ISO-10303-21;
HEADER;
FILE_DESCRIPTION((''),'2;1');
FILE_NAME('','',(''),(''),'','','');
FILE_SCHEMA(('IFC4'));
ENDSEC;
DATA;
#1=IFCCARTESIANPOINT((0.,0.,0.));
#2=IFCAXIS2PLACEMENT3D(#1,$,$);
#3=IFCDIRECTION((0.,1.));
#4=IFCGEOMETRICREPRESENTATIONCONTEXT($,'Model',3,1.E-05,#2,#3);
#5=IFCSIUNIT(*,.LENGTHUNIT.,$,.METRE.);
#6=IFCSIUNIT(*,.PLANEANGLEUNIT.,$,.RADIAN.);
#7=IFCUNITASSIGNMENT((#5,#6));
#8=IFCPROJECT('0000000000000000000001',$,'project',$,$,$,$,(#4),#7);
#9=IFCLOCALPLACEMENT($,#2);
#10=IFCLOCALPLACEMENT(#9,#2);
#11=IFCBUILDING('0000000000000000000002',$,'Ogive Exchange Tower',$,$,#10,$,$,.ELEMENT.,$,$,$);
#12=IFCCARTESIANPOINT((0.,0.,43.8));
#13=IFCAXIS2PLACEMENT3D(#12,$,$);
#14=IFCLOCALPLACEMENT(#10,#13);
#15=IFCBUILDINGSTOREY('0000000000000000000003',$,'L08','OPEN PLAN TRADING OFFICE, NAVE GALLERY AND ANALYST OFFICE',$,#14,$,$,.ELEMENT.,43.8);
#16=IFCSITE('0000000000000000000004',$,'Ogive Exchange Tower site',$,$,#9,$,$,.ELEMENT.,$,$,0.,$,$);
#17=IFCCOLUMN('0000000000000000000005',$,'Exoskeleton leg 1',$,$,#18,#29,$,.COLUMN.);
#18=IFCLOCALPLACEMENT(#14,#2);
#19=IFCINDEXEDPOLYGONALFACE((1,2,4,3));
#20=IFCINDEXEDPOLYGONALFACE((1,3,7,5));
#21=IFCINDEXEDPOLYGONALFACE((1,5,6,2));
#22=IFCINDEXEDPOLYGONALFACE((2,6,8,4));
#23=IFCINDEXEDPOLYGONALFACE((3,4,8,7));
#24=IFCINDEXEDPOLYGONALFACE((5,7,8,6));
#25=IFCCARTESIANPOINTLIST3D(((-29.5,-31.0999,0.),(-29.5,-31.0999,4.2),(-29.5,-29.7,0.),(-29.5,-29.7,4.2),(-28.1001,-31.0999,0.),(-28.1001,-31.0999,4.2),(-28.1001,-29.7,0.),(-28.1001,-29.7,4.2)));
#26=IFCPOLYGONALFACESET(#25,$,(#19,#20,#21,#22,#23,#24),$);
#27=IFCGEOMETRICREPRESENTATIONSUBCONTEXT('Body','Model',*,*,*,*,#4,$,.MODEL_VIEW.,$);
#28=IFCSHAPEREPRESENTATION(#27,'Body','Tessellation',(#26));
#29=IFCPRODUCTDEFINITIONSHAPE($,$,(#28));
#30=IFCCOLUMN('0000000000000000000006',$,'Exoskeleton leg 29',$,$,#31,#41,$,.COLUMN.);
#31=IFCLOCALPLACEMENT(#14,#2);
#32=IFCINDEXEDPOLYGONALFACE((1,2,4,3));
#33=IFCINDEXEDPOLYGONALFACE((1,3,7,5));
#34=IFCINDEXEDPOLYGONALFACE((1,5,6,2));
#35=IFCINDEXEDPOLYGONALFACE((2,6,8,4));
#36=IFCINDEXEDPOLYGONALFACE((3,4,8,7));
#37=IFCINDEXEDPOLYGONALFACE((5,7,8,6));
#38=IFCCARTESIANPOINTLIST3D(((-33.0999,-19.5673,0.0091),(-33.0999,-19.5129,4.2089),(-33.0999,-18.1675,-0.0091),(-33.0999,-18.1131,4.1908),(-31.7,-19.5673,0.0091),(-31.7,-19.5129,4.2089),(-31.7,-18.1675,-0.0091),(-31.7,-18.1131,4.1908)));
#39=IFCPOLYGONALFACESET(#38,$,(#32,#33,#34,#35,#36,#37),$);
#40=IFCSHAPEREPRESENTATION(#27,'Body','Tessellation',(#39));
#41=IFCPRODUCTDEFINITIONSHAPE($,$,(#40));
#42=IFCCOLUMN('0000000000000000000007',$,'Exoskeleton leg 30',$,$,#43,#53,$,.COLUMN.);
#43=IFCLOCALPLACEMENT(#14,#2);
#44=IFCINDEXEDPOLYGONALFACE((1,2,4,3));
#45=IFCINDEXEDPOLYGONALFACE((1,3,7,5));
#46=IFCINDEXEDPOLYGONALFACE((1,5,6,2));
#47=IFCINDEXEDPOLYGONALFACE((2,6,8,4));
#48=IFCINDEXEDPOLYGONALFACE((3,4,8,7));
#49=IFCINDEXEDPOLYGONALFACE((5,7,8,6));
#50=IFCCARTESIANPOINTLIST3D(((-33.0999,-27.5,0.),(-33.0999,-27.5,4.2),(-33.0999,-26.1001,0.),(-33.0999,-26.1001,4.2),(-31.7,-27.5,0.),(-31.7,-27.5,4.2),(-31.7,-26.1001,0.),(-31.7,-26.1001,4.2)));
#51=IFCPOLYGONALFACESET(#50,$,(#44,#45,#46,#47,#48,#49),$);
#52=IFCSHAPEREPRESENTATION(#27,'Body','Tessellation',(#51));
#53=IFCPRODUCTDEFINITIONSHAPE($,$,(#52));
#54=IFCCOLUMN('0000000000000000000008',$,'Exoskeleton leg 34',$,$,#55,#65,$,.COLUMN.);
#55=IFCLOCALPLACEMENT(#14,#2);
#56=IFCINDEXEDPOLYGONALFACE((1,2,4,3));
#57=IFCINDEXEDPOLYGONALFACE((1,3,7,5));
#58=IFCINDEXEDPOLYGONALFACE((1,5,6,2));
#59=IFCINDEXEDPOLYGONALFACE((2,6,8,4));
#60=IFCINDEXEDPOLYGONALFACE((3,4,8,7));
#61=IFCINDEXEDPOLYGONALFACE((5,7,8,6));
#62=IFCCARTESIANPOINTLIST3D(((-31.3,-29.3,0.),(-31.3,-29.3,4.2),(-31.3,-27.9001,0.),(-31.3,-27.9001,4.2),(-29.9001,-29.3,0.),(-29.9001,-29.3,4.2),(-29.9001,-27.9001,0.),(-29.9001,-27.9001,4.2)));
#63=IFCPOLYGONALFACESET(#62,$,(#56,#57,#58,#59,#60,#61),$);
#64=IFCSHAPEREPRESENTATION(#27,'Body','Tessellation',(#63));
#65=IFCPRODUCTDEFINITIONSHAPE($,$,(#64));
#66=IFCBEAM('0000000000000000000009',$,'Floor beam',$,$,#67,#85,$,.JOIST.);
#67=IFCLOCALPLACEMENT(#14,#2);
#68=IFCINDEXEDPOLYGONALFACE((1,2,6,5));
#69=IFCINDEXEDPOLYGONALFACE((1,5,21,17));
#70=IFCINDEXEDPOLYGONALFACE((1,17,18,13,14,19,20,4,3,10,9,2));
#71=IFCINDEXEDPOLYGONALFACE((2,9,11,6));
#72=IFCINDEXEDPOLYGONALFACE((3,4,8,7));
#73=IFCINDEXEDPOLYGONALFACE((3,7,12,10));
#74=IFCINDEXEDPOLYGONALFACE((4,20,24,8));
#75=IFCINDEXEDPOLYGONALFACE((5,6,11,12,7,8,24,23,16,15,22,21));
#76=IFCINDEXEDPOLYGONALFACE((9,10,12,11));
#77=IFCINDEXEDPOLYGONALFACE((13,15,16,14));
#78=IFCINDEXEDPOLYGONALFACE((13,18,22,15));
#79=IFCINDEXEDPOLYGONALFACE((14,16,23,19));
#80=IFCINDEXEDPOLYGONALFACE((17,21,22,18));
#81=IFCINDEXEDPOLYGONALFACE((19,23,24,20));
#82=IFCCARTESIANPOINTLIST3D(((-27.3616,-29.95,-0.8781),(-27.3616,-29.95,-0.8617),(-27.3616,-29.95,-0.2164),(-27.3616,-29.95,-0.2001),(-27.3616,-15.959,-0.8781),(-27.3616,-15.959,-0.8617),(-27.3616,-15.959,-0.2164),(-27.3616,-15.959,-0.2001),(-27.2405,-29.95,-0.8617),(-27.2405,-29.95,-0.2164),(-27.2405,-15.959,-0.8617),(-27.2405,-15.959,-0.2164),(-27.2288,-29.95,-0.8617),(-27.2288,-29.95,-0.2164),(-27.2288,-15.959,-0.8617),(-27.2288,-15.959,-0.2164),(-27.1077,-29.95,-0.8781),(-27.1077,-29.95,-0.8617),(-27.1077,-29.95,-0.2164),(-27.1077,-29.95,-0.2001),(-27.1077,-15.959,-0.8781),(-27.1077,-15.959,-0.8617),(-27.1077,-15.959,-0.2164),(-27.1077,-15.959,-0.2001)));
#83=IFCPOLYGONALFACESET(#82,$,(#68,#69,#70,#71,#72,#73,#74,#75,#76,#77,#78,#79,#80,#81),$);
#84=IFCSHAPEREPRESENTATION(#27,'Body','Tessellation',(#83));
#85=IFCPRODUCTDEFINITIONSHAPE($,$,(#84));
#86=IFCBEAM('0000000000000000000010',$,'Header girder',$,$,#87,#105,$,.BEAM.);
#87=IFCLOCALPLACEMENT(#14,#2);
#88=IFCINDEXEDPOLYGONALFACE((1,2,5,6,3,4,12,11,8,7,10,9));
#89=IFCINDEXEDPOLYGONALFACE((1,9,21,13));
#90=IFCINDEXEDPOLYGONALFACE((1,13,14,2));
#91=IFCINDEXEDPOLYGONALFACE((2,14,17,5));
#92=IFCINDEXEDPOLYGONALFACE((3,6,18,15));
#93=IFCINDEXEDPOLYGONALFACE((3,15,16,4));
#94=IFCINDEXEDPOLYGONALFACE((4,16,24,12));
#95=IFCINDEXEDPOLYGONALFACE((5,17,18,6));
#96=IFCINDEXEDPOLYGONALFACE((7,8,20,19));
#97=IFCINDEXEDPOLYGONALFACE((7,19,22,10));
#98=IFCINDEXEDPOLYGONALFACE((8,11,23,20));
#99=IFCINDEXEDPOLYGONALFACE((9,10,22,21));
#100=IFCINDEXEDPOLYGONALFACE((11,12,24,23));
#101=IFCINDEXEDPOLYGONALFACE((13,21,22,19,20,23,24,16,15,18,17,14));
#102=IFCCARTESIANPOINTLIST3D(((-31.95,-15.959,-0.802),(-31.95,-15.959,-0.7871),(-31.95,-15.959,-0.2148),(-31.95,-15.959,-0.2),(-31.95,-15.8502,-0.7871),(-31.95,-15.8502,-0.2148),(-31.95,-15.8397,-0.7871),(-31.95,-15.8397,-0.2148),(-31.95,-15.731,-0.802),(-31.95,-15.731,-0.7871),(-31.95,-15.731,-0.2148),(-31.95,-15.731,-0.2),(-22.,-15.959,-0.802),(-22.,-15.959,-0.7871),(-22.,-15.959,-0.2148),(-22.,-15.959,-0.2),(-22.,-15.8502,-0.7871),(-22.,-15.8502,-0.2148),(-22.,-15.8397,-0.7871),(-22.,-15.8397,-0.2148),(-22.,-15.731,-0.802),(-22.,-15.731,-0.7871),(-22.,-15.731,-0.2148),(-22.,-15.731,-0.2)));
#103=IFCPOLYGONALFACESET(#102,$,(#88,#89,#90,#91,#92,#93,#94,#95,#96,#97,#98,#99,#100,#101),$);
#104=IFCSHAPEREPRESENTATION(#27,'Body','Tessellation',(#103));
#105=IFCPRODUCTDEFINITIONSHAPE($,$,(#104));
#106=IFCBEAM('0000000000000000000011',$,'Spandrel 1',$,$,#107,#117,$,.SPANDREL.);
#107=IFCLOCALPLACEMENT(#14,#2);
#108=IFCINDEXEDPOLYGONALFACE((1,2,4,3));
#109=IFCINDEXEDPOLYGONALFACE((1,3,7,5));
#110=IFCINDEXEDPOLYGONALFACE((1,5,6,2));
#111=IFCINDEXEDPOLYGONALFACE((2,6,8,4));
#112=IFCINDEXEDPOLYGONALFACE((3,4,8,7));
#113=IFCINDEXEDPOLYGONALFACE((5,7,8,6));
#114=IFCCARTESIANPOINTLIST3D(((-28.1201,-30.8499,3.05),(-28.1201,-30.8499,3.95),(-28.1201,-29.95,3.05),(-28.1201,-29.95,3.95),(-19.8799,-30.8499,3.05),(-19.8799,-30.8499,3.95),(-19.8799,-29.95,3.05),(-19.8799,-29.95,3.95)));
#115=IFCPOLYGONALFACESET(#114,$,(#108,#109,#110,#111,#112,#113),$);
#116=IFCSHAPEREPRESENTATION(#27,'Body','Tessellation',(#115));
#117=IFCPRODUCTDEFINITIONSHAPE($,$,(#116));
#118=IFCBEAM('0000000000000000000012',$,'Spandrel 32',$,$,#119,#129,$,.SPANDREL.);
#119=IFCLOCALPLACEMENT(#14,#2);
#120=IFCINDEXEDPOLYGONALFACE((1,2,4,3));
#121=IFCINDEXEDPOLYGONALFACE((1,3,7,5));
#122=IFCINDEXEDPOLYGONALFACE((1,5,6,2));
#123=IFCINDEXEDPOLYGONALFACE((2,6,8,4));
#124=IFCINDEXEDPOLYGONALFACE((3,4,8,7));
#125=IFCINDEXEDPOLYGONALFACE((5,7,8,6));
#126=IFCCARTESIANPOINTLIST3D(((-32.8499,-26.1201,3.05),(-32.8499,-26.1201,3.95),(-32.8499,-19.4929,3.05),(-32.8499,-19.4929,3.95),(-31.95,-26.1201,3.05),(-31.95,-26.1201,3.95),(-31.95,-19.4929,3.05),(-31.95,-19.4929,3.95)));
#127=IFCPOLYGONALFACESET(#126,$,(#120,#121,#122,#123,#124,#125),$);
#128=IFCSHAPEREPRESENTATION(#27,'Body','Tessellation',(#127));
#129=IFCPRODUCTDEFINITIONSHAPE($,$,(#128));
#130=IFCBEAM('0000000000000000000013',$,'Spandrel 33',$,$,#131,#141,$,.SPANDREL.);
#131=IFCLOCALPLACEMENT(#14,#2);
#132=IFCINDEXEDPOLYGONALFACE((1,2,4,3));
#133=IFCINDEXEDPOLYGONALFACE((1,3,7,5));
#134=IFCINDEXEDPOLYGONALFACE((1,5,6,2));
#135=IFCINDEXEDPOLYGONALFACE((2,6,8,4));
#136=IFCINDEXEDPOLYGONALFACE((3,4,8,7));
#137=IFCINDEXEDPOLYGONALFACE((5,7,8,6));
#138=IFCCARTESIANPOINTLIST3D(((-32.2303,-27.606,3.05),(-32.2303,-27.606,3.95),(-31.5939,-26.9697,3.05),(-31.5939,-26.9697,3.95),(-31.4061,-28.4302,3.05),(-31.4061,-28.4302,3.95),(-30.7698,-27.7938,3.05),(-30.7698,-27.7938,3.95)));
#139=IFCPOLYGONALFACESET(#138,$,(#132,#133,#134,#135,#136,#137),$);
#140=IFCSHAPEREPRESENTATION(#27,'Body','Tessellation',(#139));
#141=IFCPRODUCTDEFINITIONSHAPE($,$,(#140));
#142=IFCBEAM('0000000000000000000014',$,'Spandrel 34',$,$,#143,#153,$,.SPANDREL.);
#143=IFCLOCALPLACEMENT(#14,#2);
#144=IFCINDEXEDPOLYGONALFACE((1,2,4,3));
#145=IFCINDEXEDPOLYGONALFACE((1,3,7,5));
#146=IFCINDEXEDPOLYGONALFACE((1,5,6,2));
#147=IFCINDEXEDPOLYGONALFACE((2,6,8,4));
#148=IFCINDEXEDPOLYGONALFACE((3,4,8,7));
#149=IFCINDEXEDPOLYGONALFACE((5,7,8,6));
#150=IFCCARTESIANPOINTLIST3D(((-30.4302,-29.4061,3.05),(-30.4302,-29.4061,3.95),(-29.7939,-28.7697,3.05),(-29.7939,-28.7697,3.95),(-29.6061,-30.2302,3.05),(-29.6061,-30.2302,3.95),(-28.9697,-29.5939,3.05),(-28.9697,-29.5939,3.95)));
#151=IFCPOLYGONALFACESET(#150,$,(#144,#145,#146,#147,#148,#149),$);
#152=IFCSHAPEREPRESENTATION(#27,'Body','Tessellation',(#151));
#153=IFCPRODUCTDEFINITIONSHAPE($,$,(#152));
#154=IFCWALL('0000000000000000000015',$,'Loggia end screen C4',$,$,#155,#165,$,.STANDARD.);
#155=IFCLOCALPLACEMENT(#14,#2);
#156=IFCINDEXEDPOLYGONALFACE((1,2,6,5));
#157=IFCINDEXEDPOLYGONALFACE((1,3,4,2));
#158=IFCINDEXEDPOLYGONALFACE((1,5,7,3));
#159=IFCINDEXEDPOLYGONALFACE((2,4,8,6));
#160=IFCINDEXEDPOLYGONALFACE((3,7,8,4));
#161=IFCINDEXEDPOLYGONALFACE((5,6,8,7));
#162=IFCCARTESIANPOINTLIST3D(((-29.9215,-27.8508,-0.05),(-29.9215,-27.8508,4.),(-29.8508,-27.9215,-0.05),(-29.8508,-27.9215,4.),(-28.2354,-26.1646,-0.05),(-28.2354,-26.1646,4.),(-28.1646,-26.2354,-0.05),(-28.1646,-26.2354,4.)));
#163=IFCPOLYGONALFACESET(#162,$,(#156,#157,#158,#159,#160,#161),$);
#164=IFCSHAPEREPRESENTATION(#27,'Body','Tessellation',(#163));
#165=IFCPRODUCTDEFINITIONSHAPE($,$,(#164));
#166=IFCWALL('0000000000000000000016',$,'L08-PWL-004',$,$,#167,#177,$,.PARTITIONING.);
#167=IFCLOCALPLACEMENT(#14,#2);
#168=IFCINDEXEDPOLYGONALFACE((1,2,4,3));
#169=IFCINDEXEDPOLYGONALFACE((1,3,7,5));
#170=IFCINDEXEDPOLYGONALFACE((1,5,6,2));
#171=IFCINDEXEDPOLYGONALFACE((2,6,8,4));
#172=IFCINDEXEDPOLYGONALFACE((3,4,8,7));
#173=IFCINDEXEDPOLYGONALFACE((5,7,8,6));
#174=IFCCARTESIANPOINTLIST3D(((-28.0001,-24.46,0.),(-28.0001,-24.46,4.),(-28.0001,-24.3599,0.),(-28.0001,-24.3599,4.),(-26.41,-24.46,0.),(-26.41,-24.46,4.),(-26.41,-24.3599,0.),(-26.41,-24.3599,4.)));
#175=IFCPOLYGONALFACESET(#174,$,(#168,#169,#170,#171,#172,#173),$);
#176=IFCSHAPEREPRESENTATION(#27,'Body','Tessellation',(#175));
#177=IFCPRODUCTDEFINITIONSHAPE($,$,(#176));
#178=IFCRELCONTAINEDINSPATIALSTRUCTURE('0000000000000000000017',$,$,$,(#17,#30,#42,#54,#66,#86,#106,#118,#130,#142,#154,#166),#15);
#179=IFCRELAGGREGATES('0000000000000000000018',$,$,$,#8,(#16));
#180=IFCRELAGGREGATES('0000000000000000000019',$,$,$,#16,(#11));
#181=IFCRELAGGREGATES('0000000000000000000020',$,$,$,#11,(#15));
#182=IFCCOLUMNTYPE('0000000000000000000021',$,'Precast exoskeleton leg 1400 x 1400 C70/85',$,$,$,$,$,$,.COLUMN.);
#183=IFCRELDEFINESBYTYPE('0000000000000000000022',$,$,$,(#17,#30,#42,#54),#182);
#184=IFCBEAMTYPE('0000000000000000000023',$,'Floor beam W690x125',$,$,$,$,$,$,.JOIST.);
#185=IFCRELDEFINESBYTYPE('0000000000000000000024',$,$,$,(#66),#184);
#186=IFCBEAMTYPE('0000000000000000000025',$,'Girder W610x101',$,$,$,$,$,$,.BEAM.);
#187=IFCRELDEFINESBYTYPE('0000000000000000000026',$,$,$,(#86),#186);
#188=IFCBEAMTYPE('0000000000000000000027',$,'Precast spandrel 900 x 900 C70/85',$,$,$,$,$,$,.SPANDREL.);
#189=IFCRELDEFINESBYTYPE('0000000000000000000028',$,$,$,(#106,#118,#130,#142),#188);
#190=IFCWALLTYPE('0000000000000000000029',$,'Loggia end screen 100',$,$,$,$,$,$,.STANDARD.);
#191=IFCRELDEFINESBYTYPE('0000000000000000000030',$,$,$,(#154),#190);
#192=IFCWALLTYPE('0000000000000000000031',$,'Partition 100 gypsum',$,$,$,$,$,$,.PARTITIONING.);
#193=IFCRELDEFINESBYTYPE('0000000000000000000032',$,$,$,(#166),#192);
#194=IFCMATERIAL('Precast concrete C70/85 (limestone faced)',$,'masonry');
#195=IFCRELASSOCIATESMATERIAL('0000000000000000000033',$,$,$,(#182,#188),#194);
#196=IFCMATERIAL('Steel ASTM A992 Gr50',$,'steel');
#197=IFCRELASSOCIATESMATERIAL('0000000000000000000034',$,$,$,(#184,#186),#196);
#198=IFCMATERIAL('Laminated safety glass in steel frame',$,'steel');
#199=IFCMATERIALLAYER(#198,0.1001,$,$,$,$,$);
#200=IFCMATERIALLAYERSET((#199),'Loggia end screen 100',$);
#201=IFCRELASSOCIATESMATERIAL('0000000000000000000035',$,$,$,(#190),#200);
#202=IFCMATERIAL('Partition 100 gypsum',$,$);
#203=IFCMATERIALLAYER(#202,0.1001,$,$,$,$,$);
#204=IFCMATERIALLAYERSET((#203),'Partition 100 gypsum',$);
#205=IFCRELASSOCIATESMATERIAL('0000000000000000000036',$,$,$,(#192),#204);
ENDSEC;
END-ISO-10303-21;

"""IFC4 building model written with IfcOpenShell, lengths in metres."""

from ifc_helpers import new_model, si_unit, direction, frame, frame_2d, origin, origin_2d, place, context, subcontext, project, spatial, rectangle, i_section, extrude, material, layer, layer_set, material_profile, profile_set, type_object, element, save


model = new_model("IFC4")

# Units and contexts
model_context = context("Model", 3, precision=1e-05, world=origin(), true_north=direction((0.0, 1.0)))
body_context = subcontext(model_context, "Body", "Model", "MODEL_VIEW")
ifc_project = project(units=[si_unit("LENGTHUNIT", "METRE"), si_unit("PLANEANGLEUNIT", "RADIAN")], contexts=[model_context])

# Site, building, storey
site_placement = place(None, origin())
site = spatial("IfcSite", under=ifc_project, at=site_placement, Name="Ogive Exchange Tower site", CompositionType="ELEMENT", RefElevation=0.0)
building_placement = place(site_placement, origin())
building = spatial("IfcBuilding", under=site, at=building_placement, Name="Ogive Exchange Tower", CompositionType="ELEMENT")
storey_placement = place(building_placement, frame((0.0, 0.0, 43.8)))
storey = spatial("IfcBuildingStorey", under=building, at=storey_placement, Name="L08", Description="OPEN PLAN TRADING OFFICE, NAVE GALLERY AND ANALYST OFFICE", CompositionType="ELEMENT", Elevation=43.8)

# Columns
ifc_material_1 = material(Name="Precast concrete C70/85 (limestone faced)", Category="masonry")
ifc_material_profile_1 = material_profile(ifc_material_1, rectangle(XDim=1.3999, YDim=1.3999, at=origin_2d()), Name="1400 x 1400")
ifc_profile_set_1 = profile_set([ifc_material_profile_1], Name="Precast concrete C70/85 (limestone faced)")
column_type = type_object("IfcColumnType", Name="Precast exoskeleton leg 1400 x 1400 C70/85", PredefinedType="COLUMN", material=ifc_profile_set_1)
column_1_placement = place(storey_placement, frame((-28.8, -30.3999, 0.0), z_axis=(0.0, 0.0, 1.0), x_axis=(1.0, 0.0, 0.0)))
element("IfcColumn", 1, at=column_1_placement, inside=storey, type_object=column_type, Name="Exoskeleton leg 1", PredefinedType="COLUMN", context=body_context, shape_type="SweptSolid", body=[
    extrude(rectangle(XDim=1.3999, YDim=1.3999, at=origin_2d()), origin(), (0.0, 0.0, 1.0), 4.2),
])
column_2_placement = place(storey_placement, frame((-32.3999, -18.8674, 0.0), z_axis=(0.0, 0.012962, 0.999916), x_axis=(-1.0, 0.0, 0.0)))
element("IfcColumn", 2, at=column_2_placement, inside=storey, type_object=column_type, Name="Exoskeleton leg 29", PredefinedType="COLUMN", context=body_context, shape_type="SweptSolid", body=[
    extrude(rectangle(XDim=1.3999, YDim=1.3999, at=origin_2d()), origin(), (0.0, 0.0, 1.0), 4.2002),
])
for number, where, z_axis, x_axis, name in (
    (3, (-32.3999, -26.8, 0.0), (0.0, 0.0, 1.0), (1.0, 0.0, 0.0), "Exoskeleton leg 30"),
    (4, (-30.6001, -28.6001, 0.0), (0.0, 0.0, 1.0), (1.0, 0.0, 0.0), "Exoskeleton leg 34"),
):
    element("IfcColumn", number, at=place(storey_placement, frame(where, z_axis=z_axis, x_axis=x_axis)), inside=storey, type_object=column_type, Name=name, PredefinedType="COLUMN", context=body_context, shape_type="SweptSolid", body=[
        extrude(rectangle(XDim=1.3999, YDim=1.3999, at=origin_2d()), origin(), (0.0, 0.0, 1.0), 4.2),
    ])

# Beams
ifc_material_2 = material(Name="Steel ASTM A992 Gr50", Category="steel")
ifc_material_profile_2 = material_profile(ifc_material_2, i_section(OverallWidth=0.2539, OverallDepth=0.678, WebThickness=0.0117, FlangeThickness=0.0164, at=origin_2d()), Name="W690x125")
ifc_profile_set_2 = profile_set([ifc_material_profile_2], Name="Steel ASTM A992 Gr50")
beam_type_1 = type_object("IfcBeamType", Name="Floor beam W690x125", PredefinedType="JOIST", material=ifc_profile_set_2)
beam_1_placement = place(storey_placement, frame((-27.2346, -29.95, -0.5391), z_axis=(0.0, 1.0, 0.0), x_axis=(-1.0, 0.0, 0.0)))
element("IfcBeam", 5, at=beam_1_placement, inside=storey, type_object=beam_type_1, Name="Floor beam", PredefinedType="JOIST", context=body_context, shape_type="SweptSolid", body=[
    extrude(i_section(OverallWidth=0.2539, OverallDepth=0.678, WebThickness=0.0117, FlangeThickness=0.0164, at=origin_2d()), origin(), (0.0, 0.0, 1.0), 13.991),
])
ifc_material_profile_3 = material_profile(ifc_material_2, i_section(OverallWidth=0.228, OverallDepth=0.6021, WebThickness=0.0105, FlangeThickness=0.0149, at=origin_2d()), Name="W610x101")
ifc_profile_set_3 = profile_set([ifc_material_profile_3], Name="Steel ASTM A992 Gr50")
beam_type_2 = type_object("IfcBeamType", Name="Girder W610x101", PredefinedType="BEAM", material=ifc_profile_set_3)
beam_2_placement = place(storey_placement, frame((-31.95, -15.845, -0.501), z_axis=(1.0, 0.0, 0.0), x_axis=(0.0, 1.0, 0.0)))
element("IfcBeam", 6, at=beam_2_placement, inside=storey, type_object=beam_type_2, Name="Header girder", PredefinedType="BEAM", context=body_context, shape_type="SweptSolid", body=[
    extrude(i_section(OverallWidth=0.228, OverallDepth=0.6021, WebThickness=0.0105, FlangeThickness=0.0149, at=origin_2d()), origin(), (0.0, 0.0, 1.0), 9.95),
])
ifc_material_profile_4 = material_profile(ifc_material_1, rectangle(XDim=0.8999, YDim=0.8999, at=origin_2d()), Name="900 x 900")
ifc_profile_set_4 = profile_set([ifc_material_profile_4], Name="Precast concrete C70/85 (limestone faced)")
beam_type_3 = type_object("IfcBeamType", Name="Precast spandrel 900 x 900 C70/85", PredefinedType="SPANDREL", material=ifc_profile_set_4)
beam_3_placement = place(storey_placement, frame((-28.1201, -30.3999, 3.5), z_axis=(1.0, 0.0, 0.0), x_axis=(0.0, 1.0, 0.0)))
element("IfcBeam", 7, at=beam_3_placement, inside=storey, type_object=beam_type_3, Name="Spandrel 1", PredefinedType="SPANDREL", context=body_context, shape_type="SweptSolid", body=[
    extrude(rectangle(XDim=0.8999, YDim=0.8999, at=origin_2d()), origin(), (0.0, 0.0, 1.0), 8.2402),
])
beam_4_placement = place(storey_placement, frame((-32.3999, -19.4929, 3.5), z_axis=(0.0, -1.0, 0.0), x_axis=(1.0, 0.0, 0.0)))
element("IfcBeam", 8, at=beam_4_placement, inside=storey, type_object=beam_type_3, Name="Spandrel 32", PredefinedType="SPANDREL", context=body_context, shape_type="SweptSolid", body=[
    extrude(rectangle(XDim=0.8999, YDim=0.8999, at=origin_2d()), origin(), (0.0, 0.0, 1.0), 6.6272),
])
for number, where, z_axis, x_axis, name in (
    (9, (-31.9121, -27.2878, 3.5), (0.707107, -0.707107, 0.0), (0.707107, 0.707107, 0.0), "Spandrel 33"),
    (10, (-30.1121, -29.0879, 3.5), (0.707107, -0.707107, 0.0), (0.707107, 0.707107, 0.0), "Spandrel 34"),
):
    element("IfcBeam", number, at=place(storey_placement, frame(where, z_axis=z_axis, x_axis=x_axis)), inside=storey, type_object=beam_type_3, Name=name, PredefinedType="SPANDREL", context=body_context, shape_type="SweptSolid", body=[
        extrude(rectangle(XDim=0.8999, YDim=0.8999, at=origin_2d()), origin(), (0.0, 0.0, 1.0), 1.1655),
    ])

# Walls
ifc_material_3 = material(Name="Laminated safety glass in steel frame", Category="steel")
ifc_layer_1 = layer(ifc_material_3, 0.1001)
ifc_layer_set_1 = layer_set([ifc_layer_1], Name="Loggia end screen 100")
wall_type_1 = type_object("IfcWallType", Name="Loggia end screen 100", PredefinedType="STANDARD", material=ifc_layer_set_1)
wall_1_placement = place(storey_placement, frame((-28.2, -26.2, -0.05), z_axis=(0.0, 0.0, 1.0), x_axis=(-0.707107, -0.707107, 0.0)))
element("IfcWall", 11, at=wall_1_placement, inside=storey, type_object=wall_type_1, Name="Loggia end screen C4", PredefinedType="STANDARD", context=body_context, shape_type="SweptSolid", body=[
    extrude(rectangle(XDim=2.3845, YDim=0.1001, at=frame_2d((1.1924, 0.0))), origin(), (0.0, 0.0, 1.0), 4.05),
])
ifc_material_4 = material(Name="Partition 100 gypsum")
ifc_layer_2 = layer(ifc_material_4, 0.1001)
ifc_layer_set_2 = layer_set([ifc_layer_2], Name="Partition 100 gypsum")
wall_type_2 = type_object("IfcWallType", Name="Partition 100 gypsum", PredefinedType="PARTITIONING", material=ifc_layer_set_2)
wall_2_placement = place(storey_placement, frame((-28.0, -24.4099, 0.0), z_axis=(0.0, 0.0, 1.0), x_axis=(1.0, 0.0, 0.0)))
element("IfcWall", 12, at=wall_2_placement, inside=storey, type_object=wall_type_2, Name="L08-PWL-004", PredefinedType="PARTITIONING", context=body_context, shape_type="SweptSolid", body=[
    extrude(rectangle(XDim=1.5901, YDim=0.1001, at=frame_2d((0.7949, 0.0))), origin(), (0.0, 0.0, 1.0), 4.0),
])

save(model, "model.ifc")
